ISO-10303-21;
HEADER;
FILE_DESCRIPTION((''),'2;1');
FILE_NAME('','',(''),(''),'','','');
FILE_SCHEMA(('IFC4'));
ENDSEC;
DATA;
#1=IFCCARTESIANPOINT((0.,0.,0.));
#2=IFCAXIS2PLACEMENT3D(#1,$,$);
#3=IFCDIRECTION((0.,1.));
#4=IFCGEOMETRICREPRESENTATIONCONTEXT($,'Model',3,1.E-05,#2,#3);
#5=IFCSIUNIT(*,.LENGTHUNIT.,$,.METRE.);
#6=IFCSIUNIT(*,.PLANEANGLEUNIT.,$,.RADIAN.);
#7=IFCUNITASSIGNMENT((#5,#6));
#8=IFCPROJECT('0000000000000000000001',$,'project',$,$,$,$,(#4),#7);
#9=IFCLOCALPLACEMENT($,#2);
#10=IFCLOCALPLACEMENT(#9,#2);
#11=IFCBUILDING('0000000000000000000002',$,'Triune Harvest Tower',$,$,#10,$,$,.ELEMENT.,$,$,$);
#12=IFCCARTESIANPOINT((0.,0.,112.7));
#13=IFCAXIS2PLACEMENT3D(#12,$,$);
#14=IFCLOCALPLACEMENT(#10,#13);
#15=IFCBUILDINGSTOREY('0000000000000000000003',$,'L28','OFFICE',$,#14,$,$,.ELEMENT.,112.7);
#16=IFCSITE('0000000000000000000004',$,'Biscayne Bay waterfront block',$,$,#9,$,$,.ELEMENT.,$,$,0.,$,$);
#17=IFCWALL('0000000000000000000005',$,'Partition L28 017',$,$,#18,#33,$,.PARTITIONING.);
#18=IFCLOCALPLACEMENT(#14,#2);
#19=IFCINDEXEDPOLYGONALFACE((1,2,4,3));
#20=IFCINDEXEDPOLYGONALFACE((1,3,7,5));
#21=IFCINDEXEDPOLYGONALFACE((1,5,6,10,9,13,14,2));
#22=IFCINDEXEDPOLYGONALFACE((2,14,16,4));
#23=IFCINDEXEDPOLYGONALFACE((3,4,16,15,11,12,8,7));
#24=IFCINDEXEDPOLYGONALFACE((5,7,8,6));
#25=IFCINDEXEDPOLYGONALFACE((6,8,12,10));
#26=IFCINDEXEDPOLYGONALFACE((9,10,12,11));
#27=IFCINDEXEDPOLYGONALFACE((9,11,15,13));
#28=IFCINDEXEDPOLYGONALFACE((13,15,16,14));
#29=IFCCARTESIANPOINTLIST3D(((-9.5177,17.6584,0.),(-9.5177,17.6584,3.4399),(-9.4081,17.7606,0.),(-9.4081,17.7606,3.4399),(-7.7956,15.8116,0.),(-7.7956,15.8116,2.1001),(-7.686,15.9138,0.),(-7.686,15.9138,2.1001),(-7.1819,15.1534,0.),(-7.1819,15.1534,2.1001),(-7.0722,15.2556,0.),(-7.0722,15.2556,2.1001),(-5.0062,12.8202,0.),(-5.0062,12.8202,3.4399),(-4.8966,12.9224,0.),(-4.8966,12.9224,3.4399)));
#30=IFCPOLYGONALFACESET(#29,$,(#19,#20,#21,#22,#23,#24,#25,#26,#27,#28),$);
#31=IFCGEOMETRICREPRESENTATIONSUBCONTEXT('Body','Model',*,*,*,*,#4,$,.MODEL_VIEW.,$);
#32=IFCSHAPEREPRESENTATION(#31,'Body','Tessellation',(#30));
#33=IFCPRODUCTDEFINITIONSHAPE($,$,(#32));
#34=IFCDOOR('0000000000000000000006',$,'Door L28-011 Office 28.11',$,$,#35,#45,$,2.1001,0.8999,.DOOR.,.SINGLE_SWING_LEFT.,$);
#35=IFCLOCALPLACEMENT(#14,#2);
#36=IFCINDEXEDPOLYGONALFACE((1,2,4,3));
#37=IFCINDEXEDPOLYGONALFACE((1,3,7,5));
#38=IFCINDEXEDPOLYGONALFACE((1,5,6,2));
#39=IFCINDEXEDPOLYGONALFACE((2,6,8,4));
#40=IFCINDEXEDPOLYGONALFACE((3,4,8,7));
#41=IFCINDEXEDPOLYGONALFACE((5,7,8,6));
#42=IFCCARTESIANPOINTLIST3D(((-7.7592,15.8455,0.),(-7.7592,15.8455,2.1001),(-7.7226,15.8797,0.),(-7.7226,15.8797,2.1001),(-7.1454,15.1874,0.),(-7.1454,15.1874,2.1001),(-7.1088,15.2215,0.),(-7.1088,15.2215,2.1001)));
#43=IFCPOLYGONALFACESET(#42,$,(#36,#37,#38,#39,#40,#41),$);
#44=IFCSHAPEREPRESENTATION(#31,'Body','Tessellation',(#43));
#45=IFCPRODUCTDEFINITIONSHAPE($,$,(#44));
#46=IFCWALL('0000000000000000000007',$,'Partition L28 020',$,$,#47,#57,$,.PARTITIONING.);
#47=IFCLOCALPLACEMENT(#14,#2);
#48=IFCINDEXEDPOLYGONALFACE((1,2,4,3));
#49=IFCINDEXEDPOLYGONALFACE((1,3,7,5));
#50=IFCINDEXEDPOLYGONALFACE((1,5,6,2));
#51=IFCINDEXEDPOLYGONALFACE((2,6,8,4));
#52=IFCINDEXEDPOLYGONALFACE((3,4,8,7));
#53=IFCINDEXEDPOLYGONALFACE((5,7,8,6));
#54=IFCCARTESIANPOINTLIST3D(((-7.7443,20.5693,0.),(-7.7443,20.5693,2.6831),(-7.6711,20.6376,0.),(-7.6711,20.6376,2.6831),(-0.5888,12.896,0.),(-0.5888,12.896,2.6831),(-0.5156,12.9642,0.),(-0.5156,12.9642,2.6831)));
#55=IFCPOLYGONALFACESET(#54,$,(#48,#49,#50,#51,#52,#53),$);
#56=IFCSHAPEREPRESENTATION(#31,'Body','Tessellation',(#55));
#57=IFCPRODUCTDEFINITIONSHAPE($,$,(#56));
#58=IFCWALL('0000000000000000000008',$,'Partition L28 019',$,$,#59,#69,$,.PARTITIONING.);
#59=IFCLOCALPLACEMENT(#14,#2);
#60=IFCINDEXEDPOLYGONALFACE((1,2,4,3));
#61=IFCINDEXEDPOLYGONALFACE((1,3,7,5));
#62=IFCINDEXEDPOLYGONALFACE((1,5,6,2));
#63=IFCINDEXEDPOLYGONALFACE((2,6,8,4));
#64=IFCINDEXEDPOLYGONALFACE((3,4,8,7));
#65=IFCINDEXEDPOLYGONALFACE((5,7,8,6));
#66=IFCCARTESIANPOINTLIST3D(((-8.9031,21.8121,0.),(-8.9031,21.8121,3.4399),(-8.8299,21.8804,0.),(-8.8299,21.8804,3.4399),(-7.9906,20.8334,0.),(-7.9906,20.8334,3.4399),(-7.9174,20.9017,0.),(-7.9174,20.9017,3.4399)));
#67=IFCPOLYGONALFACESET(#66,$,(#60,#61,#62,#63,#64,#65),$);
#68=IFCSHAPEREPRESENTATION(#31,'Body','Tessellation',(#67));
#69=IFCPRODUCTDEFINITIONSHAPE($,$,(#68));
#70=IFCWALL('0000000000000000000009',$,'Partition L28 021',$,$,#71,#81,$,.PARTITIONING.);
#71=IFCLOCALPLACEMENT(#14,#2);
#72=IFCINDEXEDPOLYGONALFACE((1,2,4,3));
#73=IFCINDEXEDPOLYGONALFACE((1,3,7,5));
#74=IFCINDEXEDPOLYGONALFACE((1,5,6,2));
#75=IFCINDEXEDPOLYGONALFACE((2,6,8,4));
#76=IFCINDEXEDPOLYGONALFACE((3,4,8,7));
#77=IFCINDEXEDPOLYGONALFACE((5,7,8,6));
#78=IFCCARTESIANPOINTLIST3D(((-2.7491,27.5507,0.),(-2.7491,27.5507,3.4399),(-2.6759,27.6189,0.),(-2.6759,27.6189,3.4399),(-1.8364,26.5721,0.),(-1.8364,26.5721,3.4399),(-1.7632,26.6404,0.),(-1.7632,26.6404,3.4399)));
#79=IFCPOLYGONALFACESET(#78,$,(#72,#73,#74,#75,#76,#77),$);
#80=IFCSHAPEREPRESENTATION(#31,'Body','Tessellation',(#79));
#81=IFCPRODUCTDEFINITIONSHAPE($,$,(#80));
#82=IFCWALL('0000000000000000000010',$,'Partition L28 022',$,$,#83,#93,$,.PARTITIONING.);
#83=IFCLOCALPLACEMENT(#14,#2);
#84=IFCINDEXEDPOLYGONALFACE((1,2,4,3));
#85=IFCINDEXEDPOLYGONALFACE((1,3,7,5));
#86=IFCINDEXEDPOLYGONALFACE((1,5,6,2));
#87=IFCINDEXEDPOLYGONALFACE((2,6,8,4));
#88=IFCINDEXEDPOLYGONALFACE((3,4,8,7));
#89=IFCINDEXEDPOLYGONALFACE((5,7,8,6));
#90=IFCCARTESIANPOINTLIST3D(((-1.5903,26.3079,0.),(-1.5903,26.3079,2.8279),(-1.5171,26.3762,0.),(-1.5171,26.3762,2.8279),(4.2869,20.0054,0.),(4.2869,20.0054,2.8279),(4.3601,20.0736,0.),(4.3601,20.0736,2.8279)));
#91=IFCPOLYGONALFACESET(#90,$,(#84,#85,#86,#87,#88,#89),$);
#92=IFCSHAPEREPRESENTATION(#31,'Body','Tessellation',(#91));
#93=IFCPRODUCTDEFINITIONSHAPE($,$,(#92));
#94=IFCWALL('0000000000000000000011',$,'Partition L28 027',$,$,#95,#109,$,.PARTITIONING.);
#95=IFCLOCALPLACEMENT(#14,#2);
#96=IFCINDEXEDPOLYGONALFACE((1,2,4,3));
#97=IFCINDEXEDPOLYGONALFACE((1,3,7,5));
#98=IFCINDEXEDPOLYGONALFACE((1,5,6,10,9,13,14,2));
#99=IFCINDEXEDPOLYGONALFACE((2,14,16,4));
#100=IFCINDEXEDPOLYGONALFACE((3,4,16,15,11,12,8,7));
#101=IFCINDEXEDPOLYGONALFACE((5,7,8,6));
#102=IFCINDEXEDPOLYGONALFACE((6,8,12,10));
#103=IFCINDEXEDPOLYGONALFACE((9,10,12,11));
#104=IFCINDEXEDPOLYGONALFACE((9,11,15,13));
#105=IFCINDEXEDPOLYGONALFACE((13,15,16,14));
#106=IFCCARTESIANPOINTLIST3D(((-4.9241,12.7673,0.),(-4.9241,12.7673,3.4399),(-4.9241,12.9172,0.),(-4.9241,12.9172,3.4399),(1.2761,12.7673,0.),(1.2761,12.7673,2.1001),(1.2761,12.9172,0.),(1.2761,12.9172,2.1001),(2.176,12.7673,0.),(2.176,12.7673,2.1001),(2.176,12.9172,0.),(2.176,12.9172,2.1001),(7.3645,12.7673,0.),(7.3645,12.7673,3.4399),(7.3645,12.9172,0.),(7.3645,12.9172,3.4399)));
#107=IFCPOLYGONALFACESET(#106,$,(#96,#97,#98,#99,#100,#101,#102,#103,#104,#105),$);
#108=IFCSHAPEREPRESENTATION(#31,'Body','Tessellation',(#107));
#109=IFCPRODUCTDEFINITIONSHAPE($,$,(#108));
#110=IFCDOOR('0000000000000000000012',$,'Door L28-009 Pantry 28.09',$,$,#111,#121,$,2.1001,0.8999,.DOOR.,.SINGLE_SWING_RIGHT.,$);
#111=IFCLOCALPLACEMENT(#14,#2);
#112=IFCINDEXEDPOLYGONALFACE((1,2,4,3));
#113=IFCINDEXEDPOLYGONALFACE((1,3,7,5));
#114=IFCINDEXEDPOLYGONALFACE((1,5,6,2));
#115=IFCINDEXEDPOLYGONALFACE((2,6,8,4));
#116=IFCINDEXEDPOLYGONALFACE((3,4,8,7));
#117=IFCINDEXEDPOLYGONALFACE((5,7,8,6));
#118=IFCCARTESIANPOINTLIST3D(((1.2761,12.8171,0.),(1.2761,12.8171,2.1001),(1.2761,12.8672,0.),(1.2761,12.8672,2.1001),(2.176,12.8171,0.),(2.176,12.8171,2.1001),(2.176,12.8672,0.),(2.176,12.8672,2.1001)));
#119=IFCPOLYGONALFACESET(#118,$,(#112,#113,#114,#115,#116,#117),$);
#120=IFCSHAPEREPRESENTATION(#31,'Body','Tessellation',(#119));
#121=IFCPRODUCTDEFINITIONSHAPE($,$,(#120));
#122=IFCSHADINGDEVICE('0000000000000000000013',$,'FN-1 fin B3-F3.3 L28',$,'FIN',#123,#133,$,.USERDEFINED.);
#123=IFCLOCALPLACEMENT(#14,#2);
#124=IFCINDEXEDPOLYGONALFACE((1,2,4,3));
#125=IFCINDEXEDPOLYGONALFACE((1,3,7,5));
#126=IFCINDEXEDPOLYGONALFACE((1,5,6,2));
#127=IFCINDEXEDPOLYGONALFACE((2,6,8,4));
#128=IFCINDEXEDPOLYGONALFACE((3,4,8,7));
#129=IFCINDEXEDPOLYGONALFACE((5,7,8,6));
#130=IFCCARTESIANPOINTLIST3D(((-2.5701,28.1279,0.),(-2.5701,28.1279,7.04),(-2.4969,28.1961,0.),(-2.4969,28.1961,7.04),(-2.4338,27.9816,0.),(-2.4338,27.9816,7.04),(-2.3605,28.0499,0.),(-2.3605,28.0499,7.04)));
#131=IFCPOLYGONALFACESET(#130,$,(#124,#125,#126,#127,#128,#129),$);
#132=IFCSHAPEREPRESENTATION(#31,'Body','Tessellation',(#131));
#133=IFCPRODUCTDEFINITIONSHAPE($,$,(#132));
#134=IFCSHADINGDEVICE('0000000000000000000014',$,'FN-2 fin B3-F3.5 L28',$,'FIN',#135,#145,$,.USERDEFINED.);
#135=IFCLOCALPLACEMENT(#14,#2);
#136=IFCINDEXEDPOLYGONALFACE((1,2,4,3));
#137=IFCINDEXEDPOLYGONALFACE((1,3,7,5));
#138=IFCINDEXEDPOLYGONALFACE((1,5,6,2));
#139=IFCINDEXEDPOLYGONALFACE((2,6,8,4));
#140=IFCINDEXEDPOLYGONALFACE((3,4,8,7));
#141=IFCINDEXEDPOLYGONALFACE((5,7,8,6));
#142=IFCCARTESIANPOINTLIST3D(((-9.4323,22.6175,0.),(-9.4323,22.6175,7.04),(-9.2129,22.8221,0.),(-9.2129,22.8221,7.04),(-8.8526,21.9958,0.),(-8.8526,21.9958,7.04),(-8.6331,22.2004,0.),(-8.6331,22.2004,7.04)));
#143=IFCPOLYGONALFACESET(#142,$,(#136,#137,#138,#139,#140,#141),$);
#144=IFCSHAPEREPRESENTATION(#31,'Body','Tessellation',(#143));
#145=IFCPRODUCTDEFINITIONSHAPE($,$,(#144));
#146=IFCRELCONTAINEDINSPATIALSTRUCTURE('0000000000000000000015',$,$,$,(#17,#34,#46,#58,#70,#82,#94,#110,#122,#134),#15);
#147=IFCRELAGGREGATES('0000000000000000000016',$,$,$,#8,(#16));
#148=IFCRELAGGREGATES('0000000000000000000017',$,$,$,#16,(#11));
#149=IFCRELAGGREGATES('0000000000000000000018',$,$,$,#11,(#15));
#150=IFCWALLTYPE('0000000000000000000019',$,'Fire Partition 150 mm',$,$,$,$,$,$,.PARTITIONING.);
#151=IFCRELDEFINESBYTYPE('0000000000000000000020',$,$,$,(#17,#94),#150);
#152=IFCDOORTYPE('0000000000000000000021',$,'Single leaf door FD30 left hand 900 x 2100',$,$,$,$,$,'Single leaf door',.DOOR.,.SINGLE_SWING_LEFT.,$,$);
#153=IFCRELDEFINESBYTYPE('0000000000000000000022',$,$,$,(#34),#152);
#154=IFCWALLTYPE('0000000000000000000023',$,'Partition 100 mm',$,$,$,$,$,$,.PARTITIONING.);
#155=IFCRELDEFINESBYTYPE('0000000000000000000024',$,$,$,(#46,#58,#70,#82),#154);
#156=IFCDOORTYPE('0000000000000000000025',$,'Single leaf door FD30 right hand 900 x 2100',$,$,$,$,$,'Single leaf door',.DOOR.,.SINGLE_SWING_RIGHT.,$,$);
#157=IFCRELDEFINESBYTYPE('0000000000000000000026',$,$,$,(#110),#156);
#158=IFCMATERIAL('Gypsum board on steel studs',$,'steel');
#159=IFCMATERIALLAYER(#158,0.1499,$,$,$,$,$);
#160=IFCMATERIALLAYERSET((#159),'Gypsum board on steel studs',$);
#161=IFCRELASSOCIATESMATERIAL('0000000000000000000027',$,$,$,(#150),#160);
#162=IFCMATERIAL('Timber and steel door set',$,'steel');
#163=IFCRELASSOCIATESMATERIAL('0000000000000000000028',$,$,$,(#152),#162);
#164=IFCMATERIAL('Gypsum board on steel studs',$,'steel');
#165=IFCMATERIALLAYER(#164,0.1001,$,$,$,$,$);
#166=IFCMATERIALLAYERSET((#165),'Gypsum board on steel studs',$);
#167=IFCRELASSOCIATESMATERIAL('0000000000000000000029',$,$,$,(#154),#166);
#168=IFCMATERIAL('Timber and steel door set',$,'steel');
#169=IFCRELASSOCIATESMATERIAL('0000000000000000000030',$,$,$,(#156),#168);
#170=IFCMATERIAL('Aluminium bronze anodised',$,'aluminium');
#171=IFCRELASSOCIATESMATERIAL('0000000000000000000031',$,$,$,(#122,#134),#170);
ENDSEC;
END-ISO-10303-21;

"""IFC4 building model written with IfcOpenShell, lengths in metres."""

from ifc_helpers import new_model, si_unit, direction, frame, frame_2d, origin, origin_2d, place, context, subcontext, project, spatial, rectangle, extrude, source, transform, mapped, material, layer, layer_set, type_object, element, fill, save


model = new_model("IFC4")

# Units and contexts
model_context = context("Model", 3, precision=1e-05, world=origin(), true_north=direction((0.0, 1.0)))
body_context = subcontext(model_context, "Body", "Model", "MODEL_VIEW")
ifc_project = project(units=[si_unit("LENGTHUNIT", "METRE"), si_unit("PLANEANGLEUNIT", "RADIAN")], contexts=[model_context])

# Site, building, storey
site_placement = place(None, origin())
site = spatial("IfcSite", under=ifc_project, at=site_placement, Name="Biscayne Bay waterfront block", CompositionType="ELEMENT", RefElevation=0.0)
building_placement = place(site_placement, origin())
building = spatial("IfcBuilding", under=site, at=building_placement, Name="Triune Harvest Tower", CompositionType="ELEMENT")
storey_placement = place(building_placement, frame((0.0, 0.0, 112.7)))
storey = spatial("IfcBuildingStorey", under=building, at=storey_placement, Name="L28", Description="OFFICE", CompositionType="ELEMENT", Elevation=112.7)

# Wall, opening, door
ifc_material_1 = material(Name="Gypsum board on steel studs", Category="steel")
ifc_layer_1 = layer(ifc_material_1, 0.1499)
ifc_layer_set_1 = layer_set([ifc_layer_1], Name="Gypsum board on steel studs")
wall_type_1 = type_object("IfcWallType", Name="Fire Partition 150 mm", PredefinedType="PARTITIONING", material=ifc_layer_set_1)
wall_1_placement = place(storey_placement, frame((-9.4629, 17.7095, 0.0), z_axis=(0.0, 0.0, 1.0), x_axis=(0.681985, -0.731366, 0.0)))
wall_1 = element("IfcWall", 1, at=wall_1_placement, inside=storey, type_object=wall_type_1, Name="Partition L28 017", PredefinedType="PARTITIONING", context=body_context, shape_type="SweptSolid", body=[
    extrude(rectangle(XDim=6.6152, YDim=0.1499, at=frame_2d((3.3076, 0.0))), origin(), (0.0, 0.0, 1.0), 3.4399),
])
opening_1_placement = place(wall_1_placement, frame((2.5251, 0.0, 0.0)))
opening_1 = element("IfcOpeningElement", 2, at=opening_1_placement, cuts=wall_1, PredefinedType="OPENING", context=body_context, shape_type="SweptSolid", body=[
    extrude(rectangle(XDim=0.8999, YDim=2.1001, at=frame_2d((0.45, 1.05))), frame((0.0, 0.085, 0.0), z_axis=(0.0, -1.0, 0.0), x_axis=(1.0, 0.0, 0.0)), (0.0, 0.0, 1.0), 0.1699),
])
ifc_material_2 = material(Name="Timber and steel door set", Category="steel")
door_type_1 = type_object("IfcDoorType", Name="Single leaf door FD30 left hand 900 x 2100", ElementType="Single leaf door", OperationType="SINGLE_SWING_LEFT", PredefinedType="DOOR", material=ifc_material_2)
door_1_placement = place(opening_1_placement, origin())
door_1 = element("IfcDoor", 3, at=door_1_placement, inside=storey, type_object=door_type_1, Name="Door L28-011 Office 28.11", OperationType="SINGLE_SWING_LEFT", OverallHeight=2.1001, OverallWidth=0.8999, PredefinedType="DOOR", context=body_context, shape_type="SweptSolid", body=[
    extrude(rectangle(XDim=0.8999, YDim=2.1001, at=frame_2d((0.45, 1.05))), frame((0.0, 0.0249, 0.0), z_axis=(0.0, -1.0, 0.0), x_axis=(1.0, 0.0, 0.0)), (0.0, 0.0, 1.0), 0.05),
])
fill(opening_1, door_1)

# Walls
ifc_material_3 = material(Name="Gypsum board on steel studs", Category="steel")
ifc_layer_2 = layer(ifc_material_3, 0.1001)
ifc_layer_set_2 = layer_set([ifc_layer_2], Name="Gypsum board on steel studs")
wall_type_2 = type_object("IfcWallType", Name="Partition 100 mm", PredefinedType="PARTITIONING", material=ifc_layer_set_2)
wall_2_placement = place(storey_placement, frame((-7.7078, 20.6035, 0.0), z_axis=(0.0, 0.0, 1.0), x_axis=(0.681999, -0.731353, 0.0)))
element("IfcWall", 4, at=wall_2_placement, inside=storey, type_object=wall_type_2, Name="Partition L28 020", PredefinedType="PARTITIONING", context=body_context, shape_type="SweptSolid", body=[
    extrude(rectangle(XDim=10.4919, YDim=0.1001, at=frame_2d((5.2461, 0.0))), origin(), (0.0, 0.0, 1.0), 2.6831),
])
shared_shape_1 = source(origin(), body_context, "Body", "SweptSolid", [
    extrude(rectangle(XDim=1.3381, YDim=0.1001, at=frame_2d((0.6689, 0.0))), origin(), (0.0, 0.0, 1.0), 3.4399),
])
for number, where, z_axis, x_axis, name in (
    (5, (-8.8665, 21.8462, 0.0), (0.0, 0.0, 1.0), (0.681954, -0.731395, 0.0), "Partition L28 019"),
    (6, (-2.7124, 27.5847, 0.0), (0.0, 0.0, 1.0), (0.682045, -0.73131, 0.0), "Partition L28 021"),
):
    element("IfcWall", number, at=place(storey_placement, frame(where, z_axis=z_axis, x_axis=x_axis)), inside=storey, type_object=wall_type_2, Name=name, PredefinedType="PARTITIONING", context=body_context, shape_type="MappedRepresentation", body=[
        mapped(shared_shape_1, transform((0.0, 0.0, 0.0), scale=1.0)),
    ])
shared_shape_2 = source(origin(), body_context, "Body", "SweptSolid", [
    extrude(rectangle(XDim=8.6177, YDim=0.1001, at=frame_2d((4.3088, 0.0))), origin(), (0.0, 0.0, 1.0), 2.8279),
])
wall_3_placement = place(storey_placement, frame((-1.5537, 26.342, 0.0), z_axis=(0.0, 0.0, 1.0), x_axis=(0.682, -0.731352, 0.0)))
element("IfcWall", 7, at=wall_3_placement, inside=storey, type_object=wall_type_2, Name="Partition L28 022", PredefinedType="PARTITIONING", context=body_context, shape_type="MappedRepresentation", body=[
    mapped(shared_shape_2, transform((0.0, 0.0, 0.0), scale=1.0)),
])

# Wall, opening, door
shared_shape_3 = source(origin(), body_context, "Body", "SweptSolid", [
    extrude(rectangle(XDim=12.2886, YDim=0.1499, at=frame_2d((6.1443, 0.0))), origin(), (0.0, 0.0, 1.0), 3.4399),
])
wall_4_placement = place(storey_placement, frame((-4.9241, 12.8423, 0.0), z_axis=(0.0, 0.0, 1.0), x_axis=(1.0, 0.0, 0.0)))
wall_4 = element("IfcWall", 8, at=wall_4_placement, inside=storey, type_object=wall_type_1, Name="Partition L28 027", PredefinedType="PARTITIONING", context=body_context, shape_type="MappedRepresentation", body=[
    mapped(shared_shape_3, transform((0.0, 0.0, 0.0), scale=1.0)),
])
opening_2_placement = place(wall_4_placement, frame((6.2002, 0.0, 0.0)))
opening_2 = element("IfcOpeningElement", 9, at=opening_2_placement, cuts=wall_4, PredefinedType="OPENING", context=body_context, shape_type="SweptSolid", body=[
    extrude(rectangle(XDim=0.8999, YDim=2.1001, at=frame_2d((0.45, 1.05))), frame((0.0, 0.085, 0.0), z_axis=(0.0, -1.0, 0.0), x_axis=(1.0, 0.0, 0.0)), (0.0, 0.0, 1.0), 0.1699),
])
ifc_material_4 = material(Name="Timber and steel door set", Category="steel")
door_type_2 = type_object("IfcDoorType", Name="Single leaf door FD30 right hand 900 x 2100", ElementType="Single leaf door", OperationType="SINGLE_SWING_RIGHT", PredefinedType="DOOR", material=ifc_material_4)
door_2_placement = place(opening_2_placement, origin())
door_2 = element("IfcDoor", 10, at=door_2_placement, inside=storey, type_object=door_type_2, Name="Door L28-009 Pantry 28.09", OperationType="SINGLE_SWING_RIGHT", OverallHeight=2.1001, OverallWidth=0.8999, PredefinedType="DOOR", context=body_context, shape_type="SweptSolid", body=[
    extrude(rectangle(XDim=0.8999, YDim=2.1001, at=frame_2d((0.45, 1.05))), frame((0.0, 0.0249, 0.0), z_axis=(0.0, -1.0, 0.0), x_axis=(1.0, 0.0, 0.0)), (0.0, 0.0, 1.0), 0.05),
])
fill(opening_2, door_2)

# Shading devices
ifc_material_5 = material(Name="Aluminium bronze anodised", Category="aluminium")
shared_shape_4 = source(origin(), body_context, "Body", "SweptSolid", [
    extrude(rectangle(XDim=0.1001, YDim=0.2, at=origin_2d()), origin(), (0.0, 0.0, 1.0), 7.04),
])
shading_device_1_placement = place(storey_placement, frame((-2.4653, 28.0889, 0.0), z_axis=(0.0, 0.0, 1.0), x_axis=(-0.731353, -0.681999, 0.0)))
element("IfcShadingDevice", 11, at=shading_device_1_placement, inside=storey, material=ifc_material_5, Name="FN-1 fin B3-F3.3 L28", ObjectType="FIN", PredefinedType="USERDEFINED", context=body_context, shape_type="MappedRepresentation", body=[
    mapped(shared_shape_4, transform((0.0, 0.0, 0.0), scale=1.0)),
])
shared_shape_5 = source(origin(), body_context, "Body", "SweptSolid", [
    extrude(rectangle(XDim=0.3, YDim=0.8501, at=origin_2d()), origin(), (0.0, 0.0, 1.0), 7.04),
])
shading_device_2_placement = place(storey_placement, frame((-9.0327, 22.4089, 0.0), z_axis=(0.0, 0.0, 1.0), x_axis=(-0.731353, -0.681999, 0.0)))
element("IfcShadingDevice", 12, at=shading_device_2_placement, inside=storey, material=ifc_material_5, Name="FN-2 fin B3-F3.5 L28", ObjectType="FIN", PredefinedType="USERDEFINED", context=body_context, shape_type="MappedRepresentation", body=[
    mapped(shared_shape_5, transform((0.0, 0.0, 0.0), scale=1.0)),
])

save(model, "model.ifc")
